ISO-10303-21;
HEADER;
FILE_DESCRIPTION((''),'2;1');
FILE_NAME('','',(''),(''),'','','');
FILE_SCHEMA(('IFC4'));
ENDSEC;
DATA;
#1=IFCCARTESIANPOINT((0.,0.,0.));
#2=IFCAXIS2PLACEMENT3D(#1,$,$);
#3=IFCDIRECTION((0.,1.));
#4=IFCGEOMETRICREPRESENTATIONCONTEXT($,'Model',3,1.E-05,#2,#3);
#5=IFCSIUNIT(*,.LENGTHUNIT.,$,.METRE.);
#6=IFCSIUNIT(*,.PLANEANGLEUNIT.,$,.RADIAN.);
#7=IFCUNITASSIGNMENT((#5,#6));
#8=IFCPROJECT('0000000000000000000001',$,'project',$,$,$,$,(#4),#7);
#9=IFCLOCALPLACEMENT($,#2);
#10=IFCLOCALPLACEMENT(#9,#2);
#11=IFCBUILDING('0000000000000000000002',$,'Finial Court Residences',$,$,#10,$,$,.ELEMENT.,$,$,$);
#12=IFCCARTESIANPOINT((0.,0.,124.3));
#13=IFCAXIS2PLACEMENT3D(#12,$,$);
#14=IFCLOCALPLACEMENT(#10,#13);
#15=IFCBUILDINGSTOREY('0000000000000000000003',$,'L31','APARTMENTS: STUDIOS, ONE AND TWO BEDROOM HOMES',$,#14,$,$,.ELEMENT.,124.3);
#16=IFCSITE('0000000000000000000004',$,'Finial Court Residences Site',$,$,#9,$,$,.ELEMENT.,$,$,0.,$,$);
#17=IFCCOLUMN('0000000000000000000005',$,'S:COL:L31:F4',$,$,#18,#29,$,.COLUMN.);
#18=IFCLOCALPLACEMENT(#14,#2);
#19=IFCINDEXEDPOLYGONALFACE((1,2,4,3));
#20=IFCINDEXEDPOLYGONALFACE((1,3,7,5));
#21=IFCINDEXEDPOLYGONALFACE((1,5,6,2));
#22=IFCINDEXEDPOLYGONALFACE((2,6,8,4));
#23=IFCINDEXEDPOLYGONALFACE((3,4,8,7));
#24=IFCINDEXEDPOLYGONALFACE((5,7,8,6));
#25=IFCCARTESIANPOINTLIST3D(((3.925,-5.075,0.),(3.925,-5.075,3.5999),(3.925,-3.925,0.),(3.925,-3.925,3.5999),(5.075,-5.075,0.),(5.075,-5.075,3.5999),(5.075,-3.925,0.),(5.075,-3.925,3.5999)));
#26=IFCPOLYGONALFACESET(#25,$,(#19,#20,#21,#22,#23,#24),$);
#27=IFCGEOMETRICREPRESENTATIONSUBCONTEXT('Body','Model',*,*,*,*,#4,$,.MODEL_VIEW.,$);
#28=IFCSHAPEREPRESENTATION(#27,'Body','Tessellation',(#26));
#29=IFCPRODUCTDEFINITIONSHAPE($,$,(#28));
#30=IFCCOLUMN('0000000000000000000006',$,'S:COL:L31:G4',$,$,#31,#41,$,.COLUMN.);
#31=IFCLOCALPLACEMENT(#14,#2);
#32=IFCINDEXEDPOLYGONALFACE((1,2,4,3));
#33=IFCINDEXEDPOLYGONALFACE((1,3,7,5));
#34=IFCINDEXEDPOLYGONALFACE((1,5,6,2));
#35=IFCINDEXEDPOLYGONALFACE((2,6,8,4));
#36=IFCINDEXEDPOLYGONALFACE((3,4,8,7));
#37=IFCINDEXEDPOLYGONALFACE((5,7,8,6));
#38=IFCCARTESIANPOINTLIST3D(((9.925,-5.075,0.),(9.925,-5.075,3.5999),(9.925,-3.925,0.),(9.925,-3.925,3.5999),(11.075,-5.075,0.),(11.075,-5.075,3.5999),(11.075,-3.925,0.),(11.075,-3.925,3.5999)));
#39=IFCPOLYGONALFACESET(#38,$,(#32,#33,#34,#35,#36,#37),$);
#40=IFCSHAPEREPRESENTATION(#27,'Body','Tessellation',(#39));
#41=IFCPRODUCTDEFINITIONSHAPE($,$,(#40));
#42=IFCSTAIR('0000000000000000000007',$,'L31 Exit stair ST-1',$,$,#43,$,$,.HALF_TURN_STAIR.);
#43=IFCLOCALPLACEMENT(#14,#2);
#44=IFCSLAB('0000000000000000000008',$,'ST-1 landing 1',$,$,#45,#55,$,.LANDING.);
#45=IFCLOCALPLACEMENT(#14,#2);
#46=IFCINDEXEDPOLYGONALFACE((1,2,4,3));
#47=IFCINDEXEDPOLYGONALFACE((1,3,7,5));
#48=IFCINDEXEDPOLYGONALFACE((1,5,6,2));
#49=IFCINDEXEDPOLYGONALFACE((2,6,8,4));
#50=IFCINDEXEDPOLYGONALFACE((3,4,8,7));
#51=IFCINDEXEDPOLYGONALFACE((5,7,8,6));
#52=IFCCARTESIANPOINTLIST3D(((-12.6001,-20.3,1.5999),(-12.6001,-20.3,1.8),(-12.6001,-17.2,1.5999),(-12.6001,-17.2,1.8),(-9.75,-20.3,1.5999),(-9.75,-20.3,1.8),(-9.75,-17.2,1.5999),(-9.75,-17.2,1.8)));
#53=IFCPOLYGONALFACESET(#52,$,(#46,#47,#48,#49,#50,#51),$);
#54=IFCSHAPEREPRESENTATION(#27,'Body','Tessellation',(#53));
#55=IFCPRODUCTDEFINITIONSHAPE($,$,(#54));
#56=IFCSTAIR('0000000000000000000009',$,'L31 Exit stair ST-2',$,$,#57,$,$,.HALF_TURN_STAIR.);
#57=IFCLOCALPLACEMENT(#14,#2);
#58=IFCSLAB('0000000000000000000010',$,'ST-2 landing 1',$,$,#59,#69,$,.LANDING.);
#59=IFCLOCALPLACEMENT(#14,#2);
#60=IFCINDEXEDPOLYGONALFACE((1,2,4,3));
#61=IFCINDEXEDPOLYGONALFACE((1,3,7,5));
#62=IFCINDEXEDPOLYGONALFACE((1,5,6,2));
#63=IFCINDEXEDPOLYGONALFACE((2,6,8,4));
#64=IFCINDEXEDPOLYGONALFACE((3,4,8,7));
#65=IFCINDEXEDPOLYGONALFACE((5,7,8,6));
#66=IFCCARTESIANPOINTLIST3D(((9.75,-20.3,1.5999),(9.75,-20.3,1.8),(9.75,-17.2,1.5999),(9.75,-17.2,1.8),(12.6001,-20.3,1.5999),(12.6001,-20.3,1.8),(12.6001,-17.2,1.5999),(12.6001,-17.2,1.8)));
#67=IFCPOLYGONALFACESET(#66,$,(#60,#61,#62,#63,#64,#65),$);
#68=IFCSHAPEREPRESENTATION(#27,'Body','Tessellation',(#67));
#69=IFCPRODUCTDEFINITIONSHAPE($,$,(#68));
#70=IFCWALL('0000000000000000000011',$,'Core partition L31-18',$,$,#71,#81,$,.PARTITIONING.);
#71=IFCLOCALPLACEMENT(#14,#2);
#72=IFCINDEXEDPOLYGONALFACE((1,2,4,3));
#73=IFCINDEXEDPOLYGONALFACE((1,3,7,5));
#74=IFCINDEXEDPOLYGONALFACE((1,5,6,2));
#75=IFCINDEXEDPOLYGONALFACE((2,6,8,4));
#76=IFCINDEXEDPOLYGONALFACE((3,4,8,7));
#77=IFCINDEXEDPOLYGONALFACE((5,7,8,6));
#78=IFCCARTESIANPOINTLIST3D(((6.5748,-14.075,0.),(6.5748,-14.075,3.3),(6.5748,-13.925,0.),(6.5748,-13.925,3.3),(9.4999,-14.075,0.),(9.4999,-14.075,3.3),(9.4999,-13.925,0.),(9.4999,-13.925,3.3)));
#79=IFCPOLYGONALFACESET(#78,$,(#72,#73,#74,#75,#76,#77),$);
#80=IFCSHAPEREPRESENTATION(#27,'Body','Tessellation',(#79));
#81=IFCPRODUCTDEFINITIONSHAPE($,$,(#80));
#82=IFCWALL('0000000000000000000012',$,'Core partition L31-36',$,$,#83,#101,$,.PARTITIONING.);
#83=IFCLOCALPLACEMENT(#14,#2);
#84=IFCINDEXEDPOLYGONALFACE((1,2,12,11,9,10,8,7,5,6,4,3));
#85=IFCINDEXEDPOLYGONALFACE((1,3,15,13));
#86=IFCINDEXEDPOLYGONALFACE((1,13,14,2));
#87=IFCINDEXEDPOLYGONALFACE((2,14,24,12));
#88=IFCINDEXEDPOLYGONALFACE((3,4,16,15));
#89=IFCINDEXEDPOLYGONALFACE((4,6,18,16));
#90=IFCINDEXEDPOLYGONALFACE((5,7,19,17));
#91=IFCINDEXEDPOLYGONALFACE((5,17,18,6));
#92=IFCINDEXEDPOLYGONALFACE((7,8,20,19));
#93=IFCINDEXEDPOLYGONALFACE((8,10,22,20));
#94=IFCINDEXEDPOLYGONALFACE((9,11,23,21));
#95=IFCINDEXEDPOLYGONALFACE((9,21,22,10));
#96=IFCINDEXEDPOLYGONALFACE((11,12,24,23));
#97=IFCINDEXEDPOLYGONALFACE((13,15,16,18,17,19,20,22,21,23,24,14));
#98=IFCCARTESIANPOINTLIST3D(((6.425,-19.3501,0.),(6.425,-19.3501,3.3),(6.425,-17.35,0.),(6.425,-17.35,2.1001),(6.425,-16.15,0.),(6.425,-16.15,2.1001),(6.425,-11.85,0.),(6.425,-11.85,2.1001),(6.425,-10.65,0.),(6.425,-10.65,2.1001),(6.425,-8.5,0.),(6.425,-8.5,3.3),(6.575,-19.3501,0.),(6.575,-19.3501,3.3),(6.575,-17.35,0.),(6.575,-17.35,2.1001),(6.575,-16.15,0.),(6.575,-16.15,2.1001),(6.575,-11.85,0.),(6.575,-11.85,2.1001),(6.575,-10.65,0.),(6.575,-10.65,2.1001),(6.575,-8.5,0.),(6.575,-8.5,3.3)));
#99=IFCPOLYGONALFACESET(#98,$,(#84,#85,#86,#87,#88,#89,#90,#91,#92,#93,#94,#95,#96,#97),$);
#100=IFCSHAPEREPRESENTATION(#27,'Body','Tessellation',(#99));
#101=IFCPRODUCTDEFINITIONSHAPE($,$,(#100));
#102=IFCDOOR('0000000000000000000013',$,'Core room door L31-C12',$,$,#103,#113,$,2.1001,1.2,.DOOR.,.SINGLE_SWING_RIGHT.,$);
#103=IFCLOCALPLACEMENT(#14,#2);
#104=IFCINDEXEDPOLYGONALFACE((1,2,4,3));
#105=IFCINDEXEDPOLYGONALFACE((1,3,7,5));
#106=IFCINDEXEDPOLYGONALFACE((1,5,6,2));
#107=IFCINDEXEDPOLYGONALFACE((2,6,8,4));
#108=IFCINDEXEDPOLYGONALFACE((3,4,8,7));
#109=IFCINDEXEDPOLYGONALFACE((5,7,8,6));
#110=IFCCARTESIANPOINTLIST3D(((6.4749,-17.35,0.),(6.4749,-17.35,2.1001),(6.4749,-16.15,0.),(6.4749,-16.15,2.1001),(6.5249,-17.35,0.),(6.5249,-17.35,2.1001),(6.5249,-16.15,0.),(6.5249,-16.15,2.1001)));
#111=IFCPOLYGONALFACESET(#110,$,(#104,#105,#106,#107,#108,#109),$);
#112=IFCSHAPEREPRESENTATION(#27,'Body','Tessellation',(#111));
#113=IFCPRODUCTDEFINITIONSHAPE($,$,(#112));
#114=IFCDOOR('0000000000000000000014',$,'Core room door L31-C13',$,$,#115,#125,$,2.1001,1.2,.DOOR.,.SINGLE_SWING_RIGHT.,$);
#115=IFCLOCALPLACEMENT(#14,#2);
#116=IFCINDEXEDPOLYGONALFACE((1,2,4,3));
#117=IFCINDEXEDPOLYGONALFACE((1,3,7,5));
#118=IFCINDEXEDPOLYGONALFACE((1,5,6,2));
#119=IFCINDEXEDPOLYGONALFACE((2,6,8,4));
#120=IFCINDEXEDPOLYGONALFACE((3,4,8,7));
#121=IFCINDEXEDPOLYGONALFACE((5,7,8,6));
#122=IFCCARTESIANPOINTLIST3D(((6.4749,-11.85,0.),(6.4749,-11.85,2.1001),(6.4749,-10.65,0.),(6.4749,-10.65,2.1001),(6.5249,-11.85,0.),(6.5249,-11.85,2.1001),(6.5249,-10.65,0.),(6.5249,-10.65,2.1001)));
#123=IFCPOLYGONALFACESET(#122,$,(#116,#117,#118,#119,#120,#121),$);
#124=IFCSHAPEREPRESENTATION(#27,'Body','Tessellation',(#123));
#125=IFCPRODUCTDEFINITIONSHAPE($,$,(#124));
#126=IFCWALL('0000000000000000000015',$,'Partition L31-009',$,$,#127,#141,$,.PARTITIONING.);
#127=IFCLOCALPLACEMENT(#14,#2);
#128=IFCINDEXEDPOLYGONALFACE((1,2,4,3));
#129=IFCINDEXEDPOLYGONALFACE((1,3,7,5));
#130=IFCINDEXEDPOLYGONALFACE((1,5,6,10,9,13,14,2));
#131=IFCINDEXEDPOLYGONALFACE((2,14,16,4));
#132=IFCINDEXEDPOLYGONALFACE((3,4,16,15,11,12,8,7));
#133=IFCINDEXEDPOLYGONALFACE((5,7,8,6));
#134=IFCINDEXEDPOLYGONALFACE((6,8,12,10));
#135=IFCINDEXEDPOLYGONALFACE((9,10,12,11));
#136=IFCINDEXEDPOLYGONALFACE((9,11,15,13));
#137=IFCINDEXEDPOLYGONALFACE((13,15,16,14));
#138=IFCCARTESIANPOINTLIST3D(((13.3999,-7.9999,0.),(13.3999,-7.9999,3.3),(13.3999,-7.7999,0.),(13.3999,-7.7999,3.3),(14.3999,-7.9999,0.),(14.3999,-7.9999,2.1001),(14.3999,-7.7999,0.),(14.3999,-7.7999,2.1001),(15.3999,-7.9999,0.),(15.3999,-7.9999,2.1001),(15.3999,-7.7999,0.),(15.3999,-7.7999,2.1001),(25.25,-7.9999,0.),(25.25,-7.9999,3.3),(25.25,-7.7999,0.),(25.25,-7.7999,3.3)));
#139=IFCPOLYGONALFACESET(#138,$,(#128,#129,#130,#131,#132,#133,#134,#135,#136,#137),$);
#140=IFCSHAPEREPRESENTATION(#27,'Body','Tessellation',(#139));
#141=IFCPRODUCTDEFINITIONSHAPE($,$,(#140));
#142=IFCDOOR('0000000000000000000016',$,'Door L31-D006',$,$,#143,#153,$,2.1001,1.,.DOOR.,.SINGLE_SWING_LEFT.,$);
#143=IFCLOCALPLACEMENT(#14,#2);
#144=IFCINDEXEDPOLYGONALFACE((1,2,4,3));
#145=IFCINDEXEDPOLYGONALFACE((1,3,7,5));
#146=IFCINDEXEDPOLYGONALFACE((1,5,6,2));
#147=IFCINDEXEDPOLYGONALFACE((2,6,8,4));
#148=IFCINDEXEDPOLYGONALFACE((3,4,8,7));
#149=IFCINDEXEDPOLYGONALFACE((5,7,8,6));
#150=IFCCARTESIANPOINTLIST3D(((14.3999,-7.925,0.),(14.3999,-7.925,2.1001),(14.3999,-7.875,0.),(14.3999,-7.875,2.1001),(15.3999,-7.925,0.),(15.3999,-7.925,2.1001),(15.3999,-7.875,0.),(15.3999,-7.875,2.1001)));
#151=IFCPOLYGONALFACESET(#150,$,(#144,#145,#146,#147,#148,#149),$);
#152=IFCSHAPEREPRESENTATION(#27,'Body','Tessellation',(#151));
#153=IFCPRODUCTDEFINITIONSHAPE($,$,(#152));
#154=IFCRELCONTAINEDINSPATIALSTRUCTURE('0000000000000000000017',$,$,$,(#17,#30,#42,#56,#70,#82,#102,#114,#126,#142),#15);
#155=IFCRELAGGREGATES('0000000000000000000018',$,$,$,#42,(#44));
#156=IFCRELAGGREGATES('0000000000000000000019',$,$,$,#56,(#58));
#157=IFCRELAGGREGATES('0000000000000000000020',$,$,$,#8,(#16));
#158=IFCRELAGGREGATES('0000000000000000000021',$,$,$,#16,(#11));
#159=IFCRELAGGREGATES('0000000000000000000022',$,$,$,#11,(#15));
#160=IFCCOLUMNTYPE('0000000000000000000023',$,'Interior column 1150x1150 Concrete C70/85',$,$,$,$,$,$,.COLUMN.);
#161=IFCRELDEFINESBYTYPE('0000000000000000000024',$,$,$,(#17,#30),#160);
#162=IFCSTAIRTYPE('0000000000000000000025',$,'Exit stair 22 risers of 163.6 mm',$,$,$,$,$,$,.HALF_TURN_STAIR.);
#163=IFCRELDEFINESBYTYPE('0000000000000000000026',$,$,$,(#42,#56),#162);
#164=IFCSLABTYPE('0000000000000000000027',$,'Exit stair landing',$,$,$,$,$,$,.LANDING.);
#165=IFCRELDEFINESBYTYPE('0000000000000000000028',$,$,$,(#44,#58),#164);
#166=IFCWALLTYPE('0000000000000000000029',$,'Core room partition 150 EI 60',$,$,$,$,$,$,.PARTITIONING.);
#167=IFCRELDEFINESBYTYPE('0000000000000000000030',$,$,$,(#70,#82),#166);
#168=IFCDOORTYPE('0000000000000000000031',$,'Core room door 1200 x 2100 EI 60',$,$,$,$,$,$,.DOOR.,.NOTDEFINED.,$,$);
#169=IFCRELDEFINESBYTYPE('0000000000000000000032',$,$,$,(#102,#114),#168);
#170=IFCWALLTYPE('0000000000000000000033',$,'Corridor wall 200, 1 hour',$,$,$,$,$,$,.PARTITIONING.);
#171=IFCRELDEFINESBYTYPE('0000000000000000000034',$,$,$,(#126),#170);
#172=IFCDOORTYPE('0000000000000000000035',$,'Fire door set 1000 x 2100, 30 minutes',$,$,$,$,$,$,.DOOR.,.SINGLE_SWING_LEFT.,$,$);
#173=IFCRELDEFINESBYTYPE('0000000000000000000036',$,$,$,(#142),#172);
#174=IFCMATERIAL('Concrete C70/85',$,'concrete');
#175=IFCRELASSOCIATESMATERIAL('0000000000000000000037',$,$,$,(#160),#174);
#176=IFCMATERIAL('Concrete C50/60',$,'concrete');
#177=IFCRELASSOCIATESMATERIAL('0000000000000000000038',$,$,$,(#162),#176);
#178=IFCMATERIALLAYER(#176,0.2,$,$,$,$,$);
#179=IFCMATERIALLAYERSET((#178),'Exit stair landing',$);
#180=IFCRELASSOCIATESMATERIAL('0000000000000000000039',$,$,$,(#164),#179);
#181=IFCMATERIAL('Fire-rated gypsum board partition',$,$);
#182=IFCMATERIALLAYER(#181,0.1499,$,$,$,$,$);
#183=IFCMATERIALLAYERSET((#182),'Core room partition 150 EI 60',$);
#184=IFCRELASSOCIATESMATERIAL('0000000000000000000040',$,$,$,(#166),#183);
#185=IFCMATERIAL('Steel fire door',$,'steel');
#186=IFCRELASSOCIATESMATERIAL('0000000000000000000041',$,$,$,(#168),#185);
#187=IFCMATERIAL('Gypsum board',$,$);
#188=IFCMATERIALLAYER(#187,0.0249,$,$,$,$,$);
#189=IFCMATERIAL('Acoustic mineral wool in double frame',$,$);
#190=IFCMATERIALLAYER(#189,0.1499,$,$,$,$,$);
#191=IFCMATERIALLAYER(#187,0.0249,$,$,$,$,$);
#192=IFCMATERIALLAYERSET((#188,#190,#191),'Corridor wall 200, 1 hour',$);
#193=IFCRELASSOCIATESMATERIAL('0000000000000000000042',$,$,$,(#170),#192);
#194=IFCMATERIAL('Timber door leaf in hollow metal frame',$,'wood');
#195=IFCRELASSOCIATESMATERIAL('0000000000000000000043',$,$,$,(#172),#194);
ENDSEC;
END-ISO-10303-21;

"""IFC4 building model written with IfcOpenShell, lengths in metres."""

from ifc_helpers import new_model, si_unit, direction, frame, frame_2d, origin, origin_2d, place, context, subcontext, project, spatial, polyline, rectangle, outline, extrude, material, layer, layer_set, material_profile, profile_set, type_object, element, fill, aggregate, save


model = new_model("IFC4")

# Units and contexts
model_context = context("Model", 3, precision=1e-05, world=origin(), true_north=direction((0.0, 1.0)))
body_context = subcontext(model_context, "Body", "Model", "MODEL_VIEW")
ifc_project = project(units=[si_unit("LENGTHUNIT", "METRE"), si_unit("PLANEANGLEUNIT", "RADIAN")], contexts=[model_context])

# Site, building, storey
site_placement = place(None, origin())
site = spatial("IfcSite", under=ifc_project, at=site_placement, Name="Finial Court Residences Site", CompositionType="ELEMENT", RefElevation=0.0)
building_placement = place(site_placement, origin())
building = spatial("IfcBuilding", under=site, at=building_placement, Name="Finial Court Residences", CompositionType="ELEMENT")
storey_placement = place(building_placement, frame((0.0, 0.0, 124.3)))
storey = spatial("IfcBuildingStorey", under=building, at=storey_placement, Name="L31", Description="APARTMENTS: STUDIOS, ONE AND TWO BEDROOM HOMES", CompositionType="ELEMENT", Elevation=124.3)

# Columns
ifc_material_1 = material(Name="Concrete C70/85", Category="concrete")
ifc_material_profile = material_profile(ifc_material_1, rectangle(XDim=1.1499, YDim=1.1499, at=origin_2d()), Name="1150x1150")
ifc_profile_set = profile_set([ifc_material_profile], Name="Concrete C70/85")
column_type = type_object("IfcColumnType", Name="Interior column 1150x1150 Concrete C70/85", PredefinedType="COLUMN", material=ifc_profile_set)
for number, where, z_axis, x_axis, name in (
    (1, (4.5, -4.5, 0.0), (0.0, 0.0, 1.0), (1.0, 0.0, 0.0), "S:COL:L31:F4"),
    (2, (10.5, -4.5, 0.0), (0.0, 0.0, 1.0), (1.0, 0.0, 0.0), "S:COL:L31:G4"),
):
    element("IfcColumn", number, at=place(storey_placement, frame(where, z_axis=z_axis, x_axis=x_axis)), inside=storey, type_object=column_type, Name=name, PredefinedType="COLUMN", context=body_context, shape_type="SweptSolid", body=[
        extrude(rectangle(XDim=1.1499, YDim=1.1499, at=origin_2d()), origin(), (0.0, 0.0, 1.0), 3.5999),
    ])

# Stairs, slabs
ifc_material_2 = material(Name="Concrete C50/60", Category="concrete")
stair_type = type_object("IfcStairType", Name="Exit stair 22 risers of 163.6 mm", PredefinedType="HALF_TURN_STAIR", material=ifc_material_2)
stair_1_placement = place(storey_placement, origin())
stair_1 = element("IfcStair", 3, at=stair_1_placement, inside=storey, type_object=stair_type, Name="L31 Exit stair ST-1", PredefinedType="HALF_TURN_STAIR")
ifc_layer_1 = layer(ifc_material_2, 0.2)
ifc_layer_set_1 = layer_set([ifc_layer_1], Name="Exit stair landing")
slab_type = type_object("IfcSlabType", Name="Exit stair landing", PredefinedType="LANDING", material=ifc_layer_set_1)
slab_1_placement = place(storey_placement, frame((0.0, 0.0, 1.5999)))
slab_1 = element("IfcSlab", 4, at=slab_1_placement, type_object=slab_type, Name="ST-1 landing 1", PredefinedType="LANDING", context=body_context, shape_type="SweptSolid", body=[
    extrude(outline(polyline([(-9.75, -20.3), (-9.75, -17.2), (-12.6001, -17.2), (-12.6001, -20.3), (-9.75, -20.3)])), origin(), (0.0, 0.0, 1.0), 0.2002),
])
aggregate(stair_1, [slab_1])
stair_2_placement = place(storey_placement, origin())
stair_2 = element("IfcStair", 5, at=stair_2_placement, inside=storey, type_object=stair_type, Name="L31 Exit stair ST-2", PredefinedType="HALF_TURN_STAIR")
slab_2_placement = place(storey_placement, frame((0.0, 0.0, 1.5999)))
slab_2 = element("IfcSlab", 6, at=slab_2_placement, type_object=slab_type, Name="ST-2 landing 1", PredefinedType="LANDING", context=body_context, shape_type="SweptSolid", body=[
    extrude(outline(polyline([(12.6001, -20.3), (12.6001, -17.2), (9.75, -17.2), (9.75, -20.3), (12.6001, -20.3)])), origin(), (0.0, 0.0, 1.0), 0.2002),
])
aggregate(stair_2, [slab_2])

# Wall
ifc_material_3 = material(Name="Fire-rated gypsum board partition")
ifc_layer_2 = layer(ifc_material_3, 0.1499)
ifc_layer_set_2 = layer_set([ifc_layer_2], Name="Core room partition 150 EI 60")
wall_type_1 = type_object("IfcWallType", Name="Core room partition 150 EI 60", PredefinedType="PARTITIONING", material=ifc_layer_set_2)
wall_1_placement = place(storey_placement, frame((6.575, -14.0, 0.0), z_axis=(0.0, 0.0, 1.0), x_axis=(1.0, 0.0, 0.0)))
element("IfcWall", 7, at=wall_1_placement, inside=storey, type_object=wall_type_1, Name="Core partition L31-18", PredefinedType="PARTITIONING", context=body_context, shape_type="SweptSolid", body=[
    extrude(rectangle(XDim=2.925, YDim=0.1499, at=frame_2d((1.4624, 0.0))), origin(), (0.0, 0.0, 1.0), 3.3),
])

# Wall, openings, doors
wall_2_placement = place(storey_placement, frame((6.5, -8.5, 0.0), z_axis=(0.0, 0.0, 1.0), x_axis=(0.0, -1.0, 0.0)))
wall_2 = element("IfcWall", 8, at=wall_2_placement, inside=storey, type_object=wall_type_1, Name="Core partition L31-36", PredefinedType="PARTITIONING", context=body_context, shape_type="SweptSolid", body=[
    extrude(rectangle(XDim=10.8501, YDim=0.1499, at=frame_2d((5.425, 0.0))), origin(), (0.0, 0.0, 1.0), 3.3),
])
opening_1_placement = place(wall_2_placement, frame((7.6499, 0.0, 0.0)))
opening_1 = element("IfcOpeningElement", 9, at=opening_1_placement, cuts=wall_2, PredefinedType="OPENING", context=body_context, shape_type="SweptSolid", body=[
    extrude(rectangle(XDim=1.2, YDim=2.1001, at=frame_2d((0.6001, 1.05))), frame((0.0, 0.085, 0.0), z_axis=(0.0, -1.0, 0.0), x_axis=(1.0, 0.0, 0.0)), (0.0, 0.0, 1.0), 0.1699),
])
opening_2_placement = place(wall_2_placement, frame((2.1499, 0.0, 0.0)))
opening_2 = element("IfcOpeningElement", 10, at=opening_2_placement, cuts=wall_2, PredefinedType="OPENING", context=body_context, shape_type="SweptSolid", body=[
    extrude(rectangle(XDim=1.2, YDim=2.1001, at=frame_2d((0.6001, 1.05))), frame((0.0, 0.085, 0.0), z_axis=(0.0, -1.0, 0.0), x_axis=(1.0, 0.0, 0.0)), (0.0, 0.0, 1.0), 0.1699),
])
ifc_material_4 = material(Name="Steel fire door", Category="steel")
door_type_1 = type_object("IfcDoorType", Name="Core room door 1200 x 2100 EI 60", OperationType="NOTDEFINED", PredefinedType="DOOR", material=ifc_material_4)
door_1_placement = place(opening_1_placement, origin())
door_1 = element("IfcDoor", 11, at=door_1_placement, inside=storey, type_object=door_type_1, Name="Core room door L31-C12", OperationType="SINGLE_SWING_RIGHT", OverallHeight=2.1001, OverallWidth=1.2, PredefinedType="DOOR", context=body_context, shape_type="SweptSolid", body=[
    extrude(rectangle(XDim=1.2, YDim=2.1001, at=frame_2d((0.6001, 1.05))), frame((0.0, 0.0249, 0.0), z_axis=(0.0, -1.0, 0.0), x_axis=(1.0, 0.0, 0.0)), (0.0, 0.0, 1.0), 0.05),
])
fill(opening_1, door_1)
door_2_placement = place(opening_2_placement, origin())
door_2 = element("IfcDoor", 12, at=door_2_placement, inside=storey, type_object=door_type_1, Name="Core room door L31-C13", OperationType="SINGLE_SWING_RIGHT", OverallHeight=2.1001, OverallWidth=1.2, PredefinedType="DOOR", context=body_context, shape_type="SweptSolid", body=[
    extrude(rectangle(XDim=1.2, YDim=2.1001, at=frame_2d((0.6001, 1.05))), frame((0.0, 0.0249, 0.0), z_axis=(0.0, -1.0, 0.0), x_axis=(1.0, 0.0, 0.0)), (0.0, 0.0, 1.0), 0.05),
])
fill(opening_2, door_2)

# Wall, opening, door
ifc_material_5 = material(Name="Gypsum board")
ifc_layer_3 = layer(ifc_material_5, 0.0249)
ifc_material_6 = material(Name="Acoustic mineral wool in double frame")
ifc_layer_4 = layer(ifc_material_6, 0.1499)
ifc_layer_5 = layer(ifc_material_5, 0.0249)
ifc_layer_set_3 = layer_set([ifc_layer_3, ifc_layer_4, ifc_layer_5], Name="Corridor wall 200, 1 hour")
wall_type_2 = type_object("IfcWallType", Name="Corridor wall 200, 1 hour", PredefinedType="PARTITIONING", material=ifc_layer_set_3)
wall_3_placement = place(storey_placement, frame((13.3999, -7.8999, 0.0), z_axis=(0.0, 0.0, 1.0), x_axis=(1.0, 0.0, 0.0)))
wall_3 = element("IfcWall", 13, at=wall_3_placement, inside=storey, type_object=wall_type_2, Name="Partition L31-009", PredefinedType="PARTITIONING", context=body_context, shape_type="SweptSolid", body=[
    extrude(rectangle(XDim=11.8501, YDim=0.2, at=frame_2d((5.925, 0.0))), origin(), (0.0, 0.0, 1.0), 3.3),
])
opening_3_placement = place(wall_3_placement, frame((1.0, 0.0, 0.0)))
opening_3 = element("IfcOpeningElement", 14, at=opening_3_placement, cuts=wall_3, PredefinedType="OPENING", context=body_context, shape_type="SweptSolid", body=[
    extrude(rectangle(XDim=1.0, YDim=2.1001, at=frame_2d((0.5, 1.05))), frame((0.0, 0.1099, 0.0), z_axis=(0.0, -1.0, 0.0), x_axis=(1.0, 0.0, 0.0)), (0.0, 0.0, 1.0), 0.22),
])
ifc_material_7 = material(Name="Timber door leaf in hollow metal frame", Category="wood")
door_type_2 = type_object("IfcDoorType", Name="Fire door set 1000 x 2100, 30 minutes", OperationType="SINGLE_SWING_LEFT", PredefinedType="DOOR", material=ifc_material_7)
door_3_placement = place(opening_3_placement, origin())
door_3 = element("IfcDoor", 15, at=door_3_placement, inside=storey, type_object=door_type_2, Name="Door L31-D006", OperationType="SINGLE_SWING_LEFT", OverallHeight=2.1001, OverallWidth=1.0, PredefinedType="DOOR", context=body_context, shape_type="SweptSolid", body=[
    extrude(rectangle(XDim=1.0, YDim=2.1001, at=frame_2d((0.5, 1.05))), frame((0.0, 0.0249, 0.0), z_axis=(0.0, -1.0, 0.0), x_axis=(1.0, 0.0, 0.0)), (0.0, 0.0, 1.0), 0.05),
])
fill(opening_3, door_3)

save(model, "model.ifc")
